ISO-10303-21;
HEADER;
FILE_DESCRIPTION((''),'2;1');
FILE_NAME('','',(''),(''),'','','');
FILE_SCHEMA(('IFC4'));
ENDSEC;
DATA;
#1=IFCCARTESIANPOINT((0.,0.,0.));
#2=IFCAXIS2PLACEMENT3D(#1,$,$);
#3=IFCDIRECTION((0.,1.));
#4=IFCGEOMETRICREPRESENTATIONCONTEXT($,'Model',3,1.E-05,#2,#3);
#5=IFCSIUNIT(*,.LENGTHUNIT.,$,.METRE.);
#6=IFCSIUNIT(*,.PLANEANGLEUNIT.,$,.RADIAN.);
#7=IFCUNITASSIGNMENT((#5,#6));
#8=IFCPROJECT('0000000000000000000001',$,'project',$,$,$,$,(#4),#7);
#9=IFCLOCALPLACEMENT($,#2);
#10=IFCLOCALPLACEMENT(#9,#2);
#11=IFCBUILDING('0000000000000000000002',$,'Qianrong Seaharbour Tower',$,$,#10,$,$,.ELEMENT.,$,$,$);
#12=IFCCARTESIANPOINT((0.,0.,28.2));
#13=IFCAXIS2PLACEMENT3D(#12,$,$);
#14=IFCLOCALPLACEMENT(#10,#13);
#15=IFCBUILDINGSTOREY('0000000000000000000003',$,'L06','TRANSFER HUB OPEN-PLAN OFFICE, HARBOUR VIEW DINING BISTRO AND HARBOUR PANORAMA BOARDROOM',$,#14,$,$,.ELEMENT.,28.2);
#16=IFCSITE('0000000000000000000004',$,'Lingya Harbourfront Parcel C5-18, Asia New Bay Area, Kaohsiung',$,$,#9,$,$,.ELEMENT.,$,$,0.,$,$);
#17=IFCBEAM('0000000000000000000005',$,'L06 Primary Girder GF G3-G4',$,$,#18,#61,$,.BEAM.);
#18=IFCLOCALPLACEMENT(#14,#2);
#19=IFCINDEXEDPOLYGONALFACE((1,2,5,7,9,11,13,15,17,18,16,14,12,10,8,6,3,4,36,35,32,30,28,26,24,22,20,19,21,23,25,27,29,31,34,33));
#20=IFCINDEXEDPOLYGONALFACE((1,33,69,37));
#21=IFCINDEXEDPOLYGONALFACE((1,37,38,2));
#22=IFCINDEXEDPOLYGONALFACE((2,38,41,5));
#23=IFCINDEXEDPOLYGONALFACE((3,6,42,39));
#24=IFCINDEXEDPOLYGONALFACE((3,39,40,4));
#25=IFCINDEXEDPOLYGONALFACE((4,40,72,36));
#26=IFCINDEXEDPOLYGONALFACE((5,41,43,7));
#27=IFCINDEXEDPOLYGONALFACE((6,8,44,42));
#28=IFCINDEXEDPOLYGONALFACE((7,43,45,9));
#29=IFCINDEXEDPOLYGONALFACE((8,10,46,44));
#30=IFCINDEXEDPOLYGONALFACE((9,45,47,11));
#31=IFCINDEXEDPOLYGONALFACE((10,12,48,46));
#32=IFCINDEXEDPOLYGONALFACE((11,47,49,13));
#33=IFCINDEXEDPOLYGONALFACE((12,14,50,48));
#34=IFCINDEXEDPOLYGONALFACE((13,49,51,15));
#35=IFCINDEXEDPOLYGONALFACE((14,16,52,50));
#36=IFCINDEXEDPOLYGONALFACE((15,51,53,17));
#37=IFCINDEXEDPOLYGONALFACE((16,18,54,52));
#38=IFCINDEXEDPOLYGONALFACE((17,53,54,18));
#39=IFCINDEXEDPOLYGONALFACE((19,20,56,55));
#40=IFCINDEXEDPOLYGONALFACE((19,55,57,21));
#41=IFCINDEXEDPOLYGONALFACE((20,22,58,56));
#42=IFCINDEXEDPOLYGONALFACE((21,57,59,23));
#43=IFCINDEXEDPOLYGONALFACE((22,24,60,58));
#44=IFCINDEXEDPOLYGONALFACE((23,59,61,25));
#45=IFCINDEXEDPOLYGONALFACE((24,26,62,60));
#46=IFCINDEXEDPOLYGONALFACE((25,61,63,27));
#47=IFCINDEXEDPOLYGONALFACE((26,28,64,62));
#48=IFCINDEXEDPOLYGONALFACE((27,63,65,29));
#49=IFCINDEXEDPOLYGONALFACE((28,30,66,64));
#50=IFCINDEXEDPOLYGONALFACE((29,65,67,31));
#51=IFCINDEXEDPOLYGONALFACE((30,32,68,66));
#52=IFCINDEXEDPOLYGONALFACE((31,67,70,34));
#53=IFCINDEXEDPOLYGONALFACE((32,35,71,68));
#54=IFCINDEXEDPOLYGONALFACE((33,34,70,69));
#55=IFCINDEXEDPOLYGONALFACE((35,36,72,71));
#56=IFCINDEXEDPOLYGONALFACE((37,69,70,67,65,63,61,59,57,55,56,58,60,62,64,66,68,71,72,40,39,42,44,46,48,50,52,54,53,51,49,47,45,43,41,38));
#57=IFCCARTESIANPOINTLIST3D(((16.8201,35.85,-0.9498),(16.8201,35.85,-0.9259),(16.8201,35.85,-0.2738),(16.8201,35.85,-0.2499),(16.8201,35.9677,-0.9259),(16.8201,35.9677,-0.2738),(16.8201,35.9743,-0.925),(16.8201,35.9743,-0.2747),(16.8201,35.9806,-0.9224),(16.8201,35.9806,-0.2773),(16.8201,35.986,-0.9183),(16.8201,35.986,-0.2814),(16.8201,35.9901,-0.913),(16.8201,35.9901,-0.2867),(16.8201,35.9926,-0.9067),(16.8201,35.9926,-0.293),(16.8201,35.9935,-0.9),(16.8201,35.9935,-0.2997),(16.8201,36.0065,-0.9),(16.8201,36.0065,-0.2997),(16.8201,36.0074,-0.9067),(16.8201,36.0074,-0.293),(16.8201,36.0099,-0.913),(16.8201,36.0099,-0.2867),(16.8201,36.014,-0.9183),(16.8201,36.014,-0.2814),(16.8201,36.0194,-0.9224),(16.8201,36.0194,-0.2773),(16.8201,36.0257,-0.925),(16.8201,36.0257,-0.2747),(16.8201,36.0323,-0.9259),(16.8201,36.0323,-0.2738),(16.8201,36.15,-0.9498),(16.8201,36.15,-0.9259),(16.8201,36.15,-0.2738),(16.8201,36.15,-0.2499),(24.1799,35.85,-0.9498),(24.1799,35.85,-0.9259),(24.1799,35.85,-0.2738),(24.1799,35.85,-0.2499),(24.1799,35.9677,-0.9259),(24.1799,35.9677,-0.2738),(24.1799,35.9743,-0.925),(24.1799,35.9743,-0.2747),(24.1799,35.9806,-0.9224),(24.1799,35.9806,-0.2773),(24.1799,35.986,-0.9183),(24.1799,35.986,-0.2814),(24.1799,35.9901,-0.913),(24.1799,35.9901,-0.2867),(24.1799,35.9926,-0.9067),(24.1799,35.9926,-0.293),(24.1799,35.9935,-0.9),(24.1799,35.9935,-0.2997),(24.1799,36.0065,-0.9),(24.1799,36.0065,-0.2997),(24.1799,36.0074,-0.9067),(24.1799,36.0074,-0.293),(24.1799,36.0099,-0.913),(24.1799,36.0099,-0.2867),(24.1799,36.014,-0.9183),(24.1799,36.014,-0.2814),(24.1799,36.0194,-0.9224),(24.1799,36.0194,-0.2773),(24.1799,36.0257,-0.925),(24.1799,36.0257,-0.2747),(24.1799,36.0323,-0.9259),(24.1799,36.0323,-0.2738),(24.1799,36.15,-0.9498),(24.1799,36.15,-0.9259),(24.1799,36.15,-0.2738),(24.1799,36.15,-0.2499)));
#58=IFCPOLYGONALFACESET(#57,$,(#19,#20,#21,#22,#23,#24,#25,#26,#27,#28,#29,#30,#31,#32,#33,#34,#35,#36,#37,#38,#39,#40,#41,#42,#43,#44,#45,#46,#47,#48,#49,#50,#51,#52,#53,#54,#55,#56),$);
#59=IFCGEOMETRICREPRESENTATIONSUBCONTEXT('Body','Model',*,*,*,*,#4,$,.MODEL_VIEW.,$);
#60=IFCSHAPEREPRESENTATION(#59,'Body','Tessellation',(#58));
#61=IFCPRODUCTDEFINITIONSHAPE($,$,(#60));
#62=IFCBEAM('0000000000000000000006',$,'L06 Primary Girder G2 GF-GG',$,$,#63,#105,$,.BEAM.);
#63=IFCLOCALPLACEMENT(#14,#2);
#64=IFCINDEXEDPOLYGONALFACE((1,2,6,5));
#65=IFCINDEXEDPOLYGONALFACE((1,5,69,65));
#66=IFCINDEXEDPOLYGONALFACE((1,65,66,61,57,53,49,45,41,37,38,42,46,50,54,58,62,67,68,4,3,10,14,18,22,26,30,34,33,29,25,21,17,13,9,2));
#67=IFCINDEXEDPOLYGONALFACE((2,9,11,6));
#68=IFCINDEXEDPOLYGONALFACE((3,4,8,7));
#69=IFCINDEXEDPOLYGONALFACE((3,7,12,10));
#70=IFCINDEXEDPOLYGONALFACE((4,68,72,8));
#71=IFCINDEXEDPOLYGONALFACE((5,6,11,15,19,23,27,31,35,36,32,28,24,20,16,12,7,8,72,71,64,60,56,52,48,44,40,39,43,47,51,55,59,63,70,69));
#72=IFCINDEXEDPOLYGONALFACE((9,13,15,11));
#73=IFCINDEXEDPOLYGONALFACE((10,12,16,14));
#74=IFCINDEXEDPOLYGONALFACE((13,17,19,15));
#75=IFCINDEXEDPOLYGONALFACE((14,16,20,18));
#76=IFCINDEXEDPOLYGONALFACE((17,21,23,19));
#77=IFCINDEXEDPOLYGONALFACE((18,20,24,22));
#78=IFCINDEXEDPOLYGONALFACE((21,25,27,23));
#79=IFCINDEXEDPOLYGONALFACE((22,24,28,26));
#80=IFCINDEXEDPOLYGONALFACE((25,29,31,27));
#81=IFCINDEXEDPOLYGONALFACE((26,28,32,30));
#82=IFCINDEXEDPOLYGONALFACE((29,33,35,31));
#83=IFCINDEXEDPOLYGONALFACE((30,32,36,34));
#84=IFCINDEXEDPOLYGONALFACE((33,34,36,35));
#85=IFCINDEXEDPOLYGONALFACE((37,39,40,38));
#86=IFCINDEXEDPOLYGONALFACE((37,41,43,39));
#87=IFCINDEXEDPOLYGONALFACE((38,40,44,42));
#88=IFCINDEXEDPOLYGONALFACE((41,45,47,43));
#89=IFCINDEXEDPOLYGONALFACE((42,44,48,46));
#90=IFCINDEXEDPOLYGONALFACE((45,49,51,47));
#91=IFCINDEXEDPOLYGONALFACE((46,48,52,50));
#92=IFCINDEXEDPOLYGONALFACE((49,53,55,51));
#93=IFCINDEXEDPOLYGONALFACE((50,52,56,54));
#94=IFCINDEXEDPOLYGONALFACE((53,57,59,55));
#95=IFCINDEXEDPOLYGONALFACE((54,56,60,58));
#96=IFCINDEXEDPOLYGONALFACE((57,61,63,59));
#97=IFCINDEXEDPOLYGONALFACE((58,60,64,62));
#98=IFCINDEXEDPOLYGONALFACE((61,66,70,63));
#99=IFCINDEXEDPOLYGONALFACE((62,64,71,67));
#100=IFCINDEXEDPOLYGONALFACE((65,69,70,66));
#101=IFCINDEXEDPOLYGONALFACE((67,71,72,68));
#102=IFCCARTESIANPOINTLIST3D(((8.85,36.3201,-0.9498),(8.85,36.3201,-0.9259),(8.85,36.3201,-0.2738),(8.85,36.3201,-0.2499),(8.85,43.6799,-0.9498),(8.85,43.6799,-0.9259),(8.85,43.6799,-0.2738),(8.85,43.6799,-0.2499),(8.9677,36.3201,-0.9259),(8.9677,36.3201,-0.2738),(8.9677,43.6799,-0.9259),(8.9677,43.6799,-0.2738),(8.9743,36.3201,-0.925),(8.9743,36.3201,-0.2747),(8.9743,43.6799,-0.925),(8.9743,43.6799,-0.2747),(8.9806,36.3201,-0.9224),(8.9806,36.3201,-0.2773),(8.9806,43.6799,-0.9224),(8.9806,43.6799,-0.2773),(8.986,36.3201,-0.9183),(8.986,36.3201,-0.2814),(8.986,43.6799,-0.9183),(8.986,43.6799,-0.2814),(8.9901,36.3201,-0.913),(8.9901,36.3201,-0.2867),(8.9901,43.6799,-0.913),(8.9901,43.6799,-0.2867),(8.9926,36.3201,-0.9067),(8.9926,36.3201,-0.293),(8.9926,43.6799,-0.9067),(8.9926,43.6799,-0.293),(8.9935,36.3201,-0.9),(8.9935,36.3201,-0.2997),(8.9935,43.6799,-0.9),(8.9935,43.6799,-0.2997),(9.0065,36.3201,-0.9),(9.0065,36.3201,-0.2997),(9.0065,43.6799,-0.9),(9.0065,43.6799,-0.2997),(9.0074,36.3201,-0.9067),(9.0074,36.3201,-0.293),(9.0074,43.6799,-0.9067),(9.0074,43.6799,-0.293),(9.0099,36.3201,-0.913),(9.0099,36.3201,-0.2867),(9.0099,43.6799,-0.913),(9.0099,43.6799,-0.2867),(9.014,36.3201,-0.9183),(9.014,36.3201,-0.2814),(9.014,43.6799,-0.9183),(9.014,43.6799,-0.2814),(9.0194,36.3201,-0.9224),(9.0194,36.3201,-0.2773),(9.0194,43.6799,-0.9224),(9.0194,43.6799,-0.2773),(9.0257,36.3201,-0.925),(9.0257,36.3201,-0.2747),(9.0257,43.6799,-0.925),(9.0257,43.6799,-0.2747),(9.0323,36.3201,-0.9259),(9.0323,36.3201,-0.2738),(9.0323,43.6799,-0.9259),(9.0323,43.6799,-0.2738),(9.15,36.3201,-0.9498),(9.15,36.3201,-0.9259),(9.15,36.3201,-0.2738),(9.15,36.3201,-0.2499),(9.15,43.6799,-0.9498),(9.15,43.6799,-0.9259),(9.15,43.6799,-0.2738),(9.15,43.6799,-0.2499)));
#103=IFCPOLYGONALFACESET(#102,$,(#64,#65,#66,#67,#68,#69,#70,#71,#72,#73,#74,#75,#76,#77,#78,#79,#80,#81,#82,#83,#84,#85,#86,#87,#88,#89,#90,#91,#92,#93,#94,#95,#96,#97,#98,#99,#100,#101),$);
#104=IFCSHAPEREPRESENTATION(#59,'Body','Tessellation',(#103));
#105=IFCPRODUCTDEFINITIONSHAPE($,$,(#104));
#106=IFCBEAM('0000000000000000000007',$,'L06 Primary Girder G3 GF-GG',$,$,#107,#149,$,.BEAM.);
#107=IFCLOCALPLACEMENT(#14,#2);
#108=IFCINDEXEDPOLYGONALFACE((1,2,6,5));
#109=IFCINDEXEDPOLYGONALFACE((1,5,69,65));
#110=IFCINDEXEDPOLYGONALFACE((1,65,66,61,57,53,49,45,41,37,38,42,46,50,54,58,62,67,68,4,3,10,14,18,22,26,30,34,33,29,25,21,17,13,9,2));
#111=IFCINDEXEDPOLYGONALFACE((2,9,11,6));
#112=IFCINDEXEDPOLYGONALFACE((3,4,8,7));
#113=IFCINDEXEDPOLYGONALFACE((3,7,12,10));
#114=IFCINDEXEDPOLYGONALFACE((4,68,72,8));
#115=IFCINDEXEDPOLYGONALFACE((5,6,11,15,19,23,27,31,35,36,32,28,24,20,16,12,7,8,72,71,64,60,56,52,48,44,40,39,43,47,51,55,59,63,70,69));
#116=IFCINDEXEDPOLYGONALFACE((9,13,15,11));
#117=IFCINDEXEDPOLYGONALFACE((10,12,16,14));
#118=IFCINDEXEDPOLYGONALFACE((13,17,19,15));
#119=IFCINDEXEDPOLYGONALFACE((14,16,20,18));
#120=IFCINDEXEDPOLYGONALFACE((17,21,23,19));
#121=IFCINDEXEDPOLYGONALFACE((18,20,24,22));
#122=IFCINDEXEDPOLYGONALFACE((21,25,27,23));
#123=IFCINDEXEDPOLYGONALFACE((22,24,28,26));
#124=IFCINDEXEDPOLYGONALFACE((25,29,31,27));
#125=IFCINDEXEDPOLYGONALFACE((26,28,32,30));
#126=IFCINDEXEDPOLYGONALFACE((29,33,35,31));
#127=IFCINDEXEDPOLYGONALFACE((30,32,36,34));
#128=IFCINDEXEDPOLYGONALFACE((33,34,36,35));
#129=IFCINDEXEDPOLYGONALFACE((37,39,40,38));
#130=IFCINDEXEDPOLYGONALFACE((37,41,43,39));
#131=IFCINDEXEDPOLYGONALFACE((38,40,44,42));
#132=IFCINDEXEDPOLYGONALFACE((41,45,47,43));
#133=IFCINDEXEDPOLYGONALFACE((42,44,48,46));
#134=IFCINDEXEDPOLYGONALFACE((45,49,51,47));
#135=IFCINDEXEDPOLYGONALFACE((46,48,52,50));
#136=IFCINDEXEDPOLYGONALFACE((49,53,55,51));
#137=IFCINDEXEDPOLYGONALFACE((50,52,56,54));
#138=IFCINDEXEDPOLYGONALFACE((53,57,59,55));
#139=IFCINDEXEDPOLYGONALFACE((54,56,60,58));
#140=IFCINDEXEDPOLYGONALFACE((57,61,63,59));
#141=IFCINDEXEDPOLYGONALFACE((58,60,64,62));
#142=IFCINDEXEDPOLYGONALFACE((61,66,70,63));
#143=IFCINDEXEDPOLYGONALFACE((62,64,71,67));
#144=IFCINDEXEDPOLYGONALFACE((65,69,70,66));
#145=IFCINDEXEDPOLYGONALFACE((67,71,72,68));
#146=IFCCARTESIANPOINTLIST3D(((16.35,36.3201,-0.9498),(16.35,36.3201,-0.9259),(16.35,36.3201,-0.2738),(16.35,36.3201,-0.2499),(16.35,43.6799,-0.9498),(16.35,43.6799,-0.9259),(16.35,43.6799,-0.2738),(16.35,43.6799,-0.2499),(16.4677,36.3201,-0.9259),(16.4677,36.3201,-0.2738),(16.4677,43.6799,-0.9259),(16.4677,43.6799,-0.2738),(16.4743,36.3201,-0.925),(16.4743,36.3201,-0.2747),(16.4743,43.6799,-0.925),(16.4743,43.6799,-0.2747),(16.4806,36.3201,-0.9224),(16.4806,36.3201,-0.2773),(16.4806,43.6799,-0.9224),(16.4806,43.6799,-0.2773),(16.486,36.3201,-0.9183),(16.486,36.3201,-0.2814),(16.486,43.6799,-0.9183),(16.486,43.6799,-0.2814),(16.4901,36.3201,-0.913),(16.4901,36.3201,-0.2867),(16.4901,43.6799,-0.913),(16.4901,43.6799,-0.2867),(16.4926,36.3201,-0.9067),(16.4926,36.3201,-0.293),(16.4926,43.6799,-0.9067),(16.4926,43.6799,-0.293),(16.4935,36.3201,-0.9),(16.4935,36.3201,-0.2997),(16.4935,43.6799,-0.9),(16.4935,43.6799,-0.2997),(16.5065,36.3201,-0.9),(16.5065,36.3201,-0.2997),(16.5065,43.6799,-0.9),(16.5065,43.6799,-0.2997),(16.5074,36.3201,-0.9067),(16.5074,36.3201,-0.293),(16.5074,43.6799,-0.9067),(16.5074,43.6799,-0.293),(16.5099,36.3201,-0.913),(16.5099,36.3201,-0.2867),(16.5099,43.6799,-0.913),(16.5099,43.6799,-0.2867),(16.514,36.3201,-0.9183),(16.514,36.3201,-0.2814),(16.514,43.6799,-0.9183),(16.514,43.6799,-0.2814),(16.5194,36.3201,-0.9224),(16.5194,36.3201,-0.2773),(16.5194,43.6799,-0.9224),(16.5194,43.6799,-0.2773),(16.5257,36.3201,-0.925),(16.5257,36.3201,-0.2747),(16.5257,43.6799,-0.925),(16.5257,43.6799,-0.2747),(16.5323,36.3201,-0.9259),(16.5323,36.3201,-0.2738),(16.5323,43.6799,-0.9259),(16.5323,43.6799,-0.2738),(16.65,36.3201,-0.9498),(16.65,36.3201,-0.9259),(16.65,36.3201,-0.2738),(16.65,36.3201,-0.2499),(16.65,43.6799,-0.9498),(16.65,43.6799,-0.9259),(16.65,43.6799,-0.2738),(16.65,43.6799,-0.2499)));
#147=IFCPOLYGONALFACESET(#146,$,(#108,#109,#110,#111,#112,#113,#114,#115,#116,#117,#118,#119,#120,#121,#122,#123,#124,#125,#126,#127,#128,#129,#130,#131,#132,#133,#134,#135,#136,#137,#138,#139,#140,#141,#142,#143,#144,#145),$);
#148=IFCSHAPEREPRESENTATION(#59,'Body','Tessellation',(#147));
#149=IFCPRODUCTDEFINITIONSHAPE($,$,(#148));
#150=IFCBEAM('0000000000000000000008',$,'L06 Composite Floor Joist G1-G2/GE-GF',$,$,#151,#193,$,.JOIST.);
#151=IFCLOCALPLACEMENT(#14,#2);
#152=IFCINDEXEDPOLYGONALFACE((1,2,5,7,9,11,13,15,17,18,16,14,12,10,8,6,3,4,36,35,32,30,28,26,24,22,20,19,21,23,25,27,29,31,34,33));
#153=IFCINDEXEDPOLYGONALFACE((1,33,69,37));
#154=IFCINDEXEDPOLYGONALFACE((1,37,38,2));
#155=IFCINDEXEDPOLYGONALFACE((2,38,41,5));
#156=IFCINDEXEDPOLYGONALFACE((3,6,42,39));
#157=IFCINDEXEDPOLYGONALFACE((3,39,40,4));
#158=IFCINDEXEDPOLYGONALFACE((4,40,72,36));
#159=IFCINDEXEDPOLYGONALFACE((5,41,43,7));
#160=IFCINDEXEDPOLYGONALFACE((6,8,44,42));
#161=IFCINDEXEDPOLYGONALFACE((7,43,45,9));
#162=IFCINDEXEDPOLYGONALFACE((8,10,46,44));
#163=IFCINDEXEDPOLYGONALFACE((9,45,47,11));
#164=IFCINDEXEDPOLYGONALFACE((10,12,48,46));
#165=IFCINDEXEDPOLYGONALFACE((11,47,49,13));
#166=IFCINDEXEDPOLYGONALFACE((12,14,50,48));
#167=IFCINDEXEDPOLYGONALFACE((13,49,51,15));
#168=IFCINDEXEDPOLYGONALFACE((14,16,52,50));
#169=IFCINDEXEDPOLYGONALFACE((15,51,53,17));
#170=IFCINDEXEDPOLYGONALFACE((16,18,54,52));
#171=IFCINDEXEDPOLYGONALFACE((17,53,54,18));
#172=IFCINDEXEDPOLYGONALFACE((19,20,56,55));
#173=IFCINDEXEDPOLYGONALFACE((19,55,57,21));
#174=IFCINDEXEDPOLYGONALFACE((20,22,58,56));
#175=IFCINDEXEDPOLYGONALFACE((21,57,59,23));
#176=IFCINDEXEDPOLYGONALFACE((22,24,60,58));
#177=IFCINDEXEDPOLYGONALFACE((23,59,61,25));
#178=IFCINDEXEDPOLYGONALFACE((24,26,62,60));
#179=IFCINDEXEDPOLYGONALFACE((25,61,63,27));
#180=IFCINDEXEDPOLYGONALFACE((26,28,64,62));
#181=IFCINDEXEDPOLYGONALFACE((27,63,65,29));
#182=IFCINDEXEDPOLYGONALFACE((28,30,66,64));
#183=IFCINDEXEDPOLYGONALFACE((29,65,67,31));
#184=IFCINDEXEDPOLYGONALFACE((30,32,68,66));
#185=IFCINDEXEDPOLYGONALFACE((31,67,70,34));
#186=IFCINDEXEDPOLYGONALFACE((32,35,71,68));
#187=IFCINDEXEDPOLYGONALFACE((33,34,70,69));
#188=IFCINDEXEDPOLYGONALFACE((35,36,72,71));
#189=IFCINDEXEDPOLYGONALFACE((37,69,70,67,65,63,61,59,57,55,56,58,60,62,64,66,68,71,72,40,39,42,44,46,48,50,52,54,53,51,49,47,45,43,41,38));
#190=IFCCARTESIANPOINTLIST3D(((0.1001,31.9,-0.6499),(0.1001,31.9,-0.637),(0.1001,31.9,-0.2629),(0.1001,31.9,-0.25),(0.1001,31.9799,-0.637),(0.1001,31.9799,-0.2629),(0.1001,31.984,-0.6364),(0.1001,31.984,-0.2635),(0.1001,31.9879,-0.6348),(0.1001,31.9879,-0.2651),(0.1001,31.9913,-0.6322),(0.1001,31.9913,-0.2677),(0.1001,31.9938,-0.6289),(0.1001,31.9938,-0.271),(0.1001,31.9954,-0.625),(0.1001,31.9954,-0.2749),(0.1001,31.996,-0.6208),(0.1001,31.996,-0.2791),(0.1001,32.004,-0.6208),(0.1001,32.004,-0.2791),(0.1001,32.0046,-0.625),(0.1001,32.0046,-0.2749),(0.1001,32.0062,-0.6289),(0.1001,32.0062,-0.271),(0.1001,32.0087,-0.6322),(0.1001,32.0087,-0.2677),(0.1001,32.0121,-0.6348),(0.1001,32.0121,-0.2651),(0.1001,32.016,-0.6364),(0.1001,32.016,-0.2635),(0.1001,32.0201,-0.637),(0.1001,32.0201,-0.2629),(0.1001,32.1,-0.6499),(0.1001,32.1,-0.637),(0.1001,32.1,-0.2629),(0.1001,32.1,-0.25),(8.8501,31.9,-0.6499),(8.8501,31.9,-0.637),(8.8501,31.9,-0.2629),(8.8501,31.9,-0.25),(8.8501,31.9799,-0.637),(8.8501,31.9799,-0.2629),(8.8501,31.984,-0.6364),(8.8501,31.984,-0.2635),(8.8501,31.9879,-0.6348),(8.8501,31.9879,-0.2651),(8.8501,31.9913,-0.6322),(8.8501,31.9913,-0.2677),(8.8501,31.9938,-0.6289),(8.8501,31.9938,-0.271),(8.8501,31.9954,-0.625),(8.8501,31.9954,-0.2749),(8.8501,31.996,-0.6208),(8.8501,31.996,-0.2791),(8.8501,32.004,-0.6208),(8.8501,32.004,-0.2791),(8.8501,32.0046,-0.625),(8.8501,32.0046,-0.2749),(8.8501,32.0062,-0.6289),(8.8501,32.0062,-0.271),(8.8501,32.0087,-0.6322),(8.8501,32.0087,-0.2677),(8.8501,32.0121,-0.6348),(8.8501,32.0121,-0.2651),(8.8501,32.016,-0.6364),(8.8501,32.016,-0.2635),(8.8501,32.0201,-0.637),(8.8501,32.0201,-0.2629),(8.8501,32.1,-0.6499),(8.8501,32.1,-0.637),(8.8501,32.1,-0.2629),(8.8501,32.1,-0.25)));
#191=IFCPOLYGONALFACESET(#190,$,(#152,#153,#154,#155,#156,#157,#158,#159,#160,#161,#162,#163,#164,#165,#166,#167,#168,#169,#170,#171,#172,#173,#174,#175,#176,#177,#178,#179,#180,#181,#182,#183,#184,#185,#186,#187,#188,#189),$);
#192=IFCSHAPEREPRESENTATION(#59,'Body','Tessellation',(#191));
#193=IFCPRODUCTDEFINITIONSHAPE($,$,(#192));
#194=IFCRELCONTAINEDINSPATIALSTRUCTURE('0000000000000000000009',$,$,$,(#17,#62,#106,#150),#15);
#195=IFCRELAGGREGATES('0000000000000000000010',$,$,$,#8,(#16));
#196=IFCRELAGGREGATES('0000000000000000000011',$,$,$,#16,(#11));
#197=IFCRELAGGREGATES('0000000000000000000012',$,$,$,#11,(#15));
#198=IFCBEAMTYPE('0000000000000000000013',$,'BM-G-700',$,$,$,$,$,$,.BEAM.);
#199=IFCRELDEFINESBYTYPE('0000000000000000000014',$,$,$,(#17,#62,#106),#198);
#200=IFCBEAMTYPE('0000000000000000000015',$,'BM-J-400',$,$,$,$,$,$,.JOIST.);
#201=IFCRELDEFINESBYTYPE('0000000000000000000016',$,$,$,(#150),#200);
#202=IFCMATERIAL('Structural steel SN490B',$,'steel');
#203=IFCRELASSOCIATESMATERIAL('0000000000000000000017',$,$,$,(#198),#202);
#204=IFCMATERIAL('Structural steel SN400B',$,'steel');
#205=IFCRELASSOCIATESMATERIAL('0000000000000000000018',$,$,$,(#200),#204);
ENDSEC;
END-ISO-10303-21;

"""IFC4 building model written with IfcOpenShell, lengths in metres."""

from ifc_helpers import new_model, si_unit, direction, frame, origin, origin_2d, place, context, subcontext, project, spatial, i_section, extrude, material, material_profile, profile_set, type_object, element, save


model = new_model("IFC4")

# Units and contexts
model_context = context("Model", 3, precision=1e-05, world=origin(), true_north=direction((0.0, 1.0)))
body_context = subcontext(model_context, "Body", "Model", "MODEL_VIEW")
ifc_project = project(units=[si_unit("LENGTHUNIT", "METRE"), si_unit("PLANEANGLEUNIT", "RADIAN")], contexts=[model_context])

# Site, building, storey
site_placement = place(None, origin())
site = spatial("IfcSite", under=ifc_project, at=site_placement, Name="Lingya Harbourfront Parcel C5-18, Asia New Bay Area, Kaohsiung", CompositionType="ELEMENT", RefElevation=0.0)
building_placement = place(site_placement, origin())
building = spatial("IfcBuilding", under=site, at=building_placement, Name="Qianrong Seaharbour Tower", CompositionType="ELEMENT")
storey_placement = place(building_placement, frame((0.0, 0.0, 28.2)))
storey = spatial("IfcBuildingStorey", under=building, at=storey_placement, Name="L06", Description="TRANSFER HUB OPEN-PLAN OFFICE, HARBOUR VIEW DINING BISTRO AND HARBOUR PANORAMA BOARDROOM", CompositionType="ELEMENT", Elevation=28.2)

# Shared definitions
ifc_material_1 = material(Name="Structural steel SN490B", Category="steel")

# Beams
ifc_material_profile_1 = material_profile(ifc_material_1, i_section(OverallWidth=0.3, OverallDepth=0.7, WebThickness=0.0129, FlangeThickness=0.0239, FilletRadius=0.0259, at=origin_2d()), Name="H700x300x13x24")
ifc_profile_set_1 = profile_set([ifc_material_profile_1], Name="Structural steel SN490B")
beam_type_1 = type_object("IfcBeamType", Name="BM-G-700", PredefinedType="BEAM", material=ifc_profile_set_1)
for number, where, z_axis, x_axis, name in (
    (1, (16.8201, 36.0, -0.5999), (1.0, 0.0, 0.0), (0.0, 1.0, 0.0), "L06 Primary Girder GF G3-G4"),
    (2, (9.0, 36.3201, -0.5999), (0.0, 1.0, 0.0), (-1.0, 0.0, 0.0), "L06 Primary Girder G2 GF-GG"),
    (3, (16.5, 36.3201, -0.5999), (0.0, 1.0, 0.0), (-1.0, 0.0, 0.0), "L06 Primary Girder G3 GF-GG"),
):
    element("IfcBeam", number, at=place(storey_placement, frame(where, z_axis=z_axis, x_axis=x_axis)), inside=storey, type_object=beam_type_1, Name=name, PredefinedType="BEAM", context=body_context, shape_type="SweptSolid", body=[
        extrude(i_section(OverallWidth=0.3, OverallDepth=0.7, WebThickness=0.0129, FlangeThickness=0.0239, FilletRadius=0.0259, at=origin_2d()), origin(), (0.0, 0.0, 1.0), 7.3599),
    ])
ifc_material_2 = material(Name="Structural steel SN400B", Category="steel")
ifc_material_profile_2 = material_profile(ifc_material_2, i_section(OverallWidth=0.2, OverallDepth=0.3999, WebThickness=0.0081, FlangeThickness=0.0129, FilletRadius=0.0161, at=origin_2d()), Name="H400x200x8x13")
ifc_profile_set_2 = profile_set([ifc_material_profile_2], Name="Structural steel SN400B")
beam_type_2 = type_object("IfcBeamType", Name="BM-J-400", PredefinedType="JOIST", material=ifc_profile_set_2)
for number, where, z_axis, x_axis, name in (
    (4, (0.1001, 32.0, -0.45), (1.0, 0.0, 0.0), (0.0, 1.0, 0.0), "L06 Composite Floor Joist G1-G2/GE-GF"),
):
    element("IfcBeam", number, at=place(storey_placement, frame(where, z_axis=z_axis, x_axis=x_axis)), inside=storey, type_object=beam_type_2, Name=name, PredefinedType="JOIST", context=body_context, shape_type="SweptSolid", body=[
        extrude(i_section(OverallWidth=0.2, OverallDepth=0.3999, WebThickness=0.0081, FlangeThickness=0.0129, FilletRadius=0.0161, at=origin_2d()), origin(), (0.0, 0.0, 1.0), 8.75),
    ])

save(model, "model.ifc")
